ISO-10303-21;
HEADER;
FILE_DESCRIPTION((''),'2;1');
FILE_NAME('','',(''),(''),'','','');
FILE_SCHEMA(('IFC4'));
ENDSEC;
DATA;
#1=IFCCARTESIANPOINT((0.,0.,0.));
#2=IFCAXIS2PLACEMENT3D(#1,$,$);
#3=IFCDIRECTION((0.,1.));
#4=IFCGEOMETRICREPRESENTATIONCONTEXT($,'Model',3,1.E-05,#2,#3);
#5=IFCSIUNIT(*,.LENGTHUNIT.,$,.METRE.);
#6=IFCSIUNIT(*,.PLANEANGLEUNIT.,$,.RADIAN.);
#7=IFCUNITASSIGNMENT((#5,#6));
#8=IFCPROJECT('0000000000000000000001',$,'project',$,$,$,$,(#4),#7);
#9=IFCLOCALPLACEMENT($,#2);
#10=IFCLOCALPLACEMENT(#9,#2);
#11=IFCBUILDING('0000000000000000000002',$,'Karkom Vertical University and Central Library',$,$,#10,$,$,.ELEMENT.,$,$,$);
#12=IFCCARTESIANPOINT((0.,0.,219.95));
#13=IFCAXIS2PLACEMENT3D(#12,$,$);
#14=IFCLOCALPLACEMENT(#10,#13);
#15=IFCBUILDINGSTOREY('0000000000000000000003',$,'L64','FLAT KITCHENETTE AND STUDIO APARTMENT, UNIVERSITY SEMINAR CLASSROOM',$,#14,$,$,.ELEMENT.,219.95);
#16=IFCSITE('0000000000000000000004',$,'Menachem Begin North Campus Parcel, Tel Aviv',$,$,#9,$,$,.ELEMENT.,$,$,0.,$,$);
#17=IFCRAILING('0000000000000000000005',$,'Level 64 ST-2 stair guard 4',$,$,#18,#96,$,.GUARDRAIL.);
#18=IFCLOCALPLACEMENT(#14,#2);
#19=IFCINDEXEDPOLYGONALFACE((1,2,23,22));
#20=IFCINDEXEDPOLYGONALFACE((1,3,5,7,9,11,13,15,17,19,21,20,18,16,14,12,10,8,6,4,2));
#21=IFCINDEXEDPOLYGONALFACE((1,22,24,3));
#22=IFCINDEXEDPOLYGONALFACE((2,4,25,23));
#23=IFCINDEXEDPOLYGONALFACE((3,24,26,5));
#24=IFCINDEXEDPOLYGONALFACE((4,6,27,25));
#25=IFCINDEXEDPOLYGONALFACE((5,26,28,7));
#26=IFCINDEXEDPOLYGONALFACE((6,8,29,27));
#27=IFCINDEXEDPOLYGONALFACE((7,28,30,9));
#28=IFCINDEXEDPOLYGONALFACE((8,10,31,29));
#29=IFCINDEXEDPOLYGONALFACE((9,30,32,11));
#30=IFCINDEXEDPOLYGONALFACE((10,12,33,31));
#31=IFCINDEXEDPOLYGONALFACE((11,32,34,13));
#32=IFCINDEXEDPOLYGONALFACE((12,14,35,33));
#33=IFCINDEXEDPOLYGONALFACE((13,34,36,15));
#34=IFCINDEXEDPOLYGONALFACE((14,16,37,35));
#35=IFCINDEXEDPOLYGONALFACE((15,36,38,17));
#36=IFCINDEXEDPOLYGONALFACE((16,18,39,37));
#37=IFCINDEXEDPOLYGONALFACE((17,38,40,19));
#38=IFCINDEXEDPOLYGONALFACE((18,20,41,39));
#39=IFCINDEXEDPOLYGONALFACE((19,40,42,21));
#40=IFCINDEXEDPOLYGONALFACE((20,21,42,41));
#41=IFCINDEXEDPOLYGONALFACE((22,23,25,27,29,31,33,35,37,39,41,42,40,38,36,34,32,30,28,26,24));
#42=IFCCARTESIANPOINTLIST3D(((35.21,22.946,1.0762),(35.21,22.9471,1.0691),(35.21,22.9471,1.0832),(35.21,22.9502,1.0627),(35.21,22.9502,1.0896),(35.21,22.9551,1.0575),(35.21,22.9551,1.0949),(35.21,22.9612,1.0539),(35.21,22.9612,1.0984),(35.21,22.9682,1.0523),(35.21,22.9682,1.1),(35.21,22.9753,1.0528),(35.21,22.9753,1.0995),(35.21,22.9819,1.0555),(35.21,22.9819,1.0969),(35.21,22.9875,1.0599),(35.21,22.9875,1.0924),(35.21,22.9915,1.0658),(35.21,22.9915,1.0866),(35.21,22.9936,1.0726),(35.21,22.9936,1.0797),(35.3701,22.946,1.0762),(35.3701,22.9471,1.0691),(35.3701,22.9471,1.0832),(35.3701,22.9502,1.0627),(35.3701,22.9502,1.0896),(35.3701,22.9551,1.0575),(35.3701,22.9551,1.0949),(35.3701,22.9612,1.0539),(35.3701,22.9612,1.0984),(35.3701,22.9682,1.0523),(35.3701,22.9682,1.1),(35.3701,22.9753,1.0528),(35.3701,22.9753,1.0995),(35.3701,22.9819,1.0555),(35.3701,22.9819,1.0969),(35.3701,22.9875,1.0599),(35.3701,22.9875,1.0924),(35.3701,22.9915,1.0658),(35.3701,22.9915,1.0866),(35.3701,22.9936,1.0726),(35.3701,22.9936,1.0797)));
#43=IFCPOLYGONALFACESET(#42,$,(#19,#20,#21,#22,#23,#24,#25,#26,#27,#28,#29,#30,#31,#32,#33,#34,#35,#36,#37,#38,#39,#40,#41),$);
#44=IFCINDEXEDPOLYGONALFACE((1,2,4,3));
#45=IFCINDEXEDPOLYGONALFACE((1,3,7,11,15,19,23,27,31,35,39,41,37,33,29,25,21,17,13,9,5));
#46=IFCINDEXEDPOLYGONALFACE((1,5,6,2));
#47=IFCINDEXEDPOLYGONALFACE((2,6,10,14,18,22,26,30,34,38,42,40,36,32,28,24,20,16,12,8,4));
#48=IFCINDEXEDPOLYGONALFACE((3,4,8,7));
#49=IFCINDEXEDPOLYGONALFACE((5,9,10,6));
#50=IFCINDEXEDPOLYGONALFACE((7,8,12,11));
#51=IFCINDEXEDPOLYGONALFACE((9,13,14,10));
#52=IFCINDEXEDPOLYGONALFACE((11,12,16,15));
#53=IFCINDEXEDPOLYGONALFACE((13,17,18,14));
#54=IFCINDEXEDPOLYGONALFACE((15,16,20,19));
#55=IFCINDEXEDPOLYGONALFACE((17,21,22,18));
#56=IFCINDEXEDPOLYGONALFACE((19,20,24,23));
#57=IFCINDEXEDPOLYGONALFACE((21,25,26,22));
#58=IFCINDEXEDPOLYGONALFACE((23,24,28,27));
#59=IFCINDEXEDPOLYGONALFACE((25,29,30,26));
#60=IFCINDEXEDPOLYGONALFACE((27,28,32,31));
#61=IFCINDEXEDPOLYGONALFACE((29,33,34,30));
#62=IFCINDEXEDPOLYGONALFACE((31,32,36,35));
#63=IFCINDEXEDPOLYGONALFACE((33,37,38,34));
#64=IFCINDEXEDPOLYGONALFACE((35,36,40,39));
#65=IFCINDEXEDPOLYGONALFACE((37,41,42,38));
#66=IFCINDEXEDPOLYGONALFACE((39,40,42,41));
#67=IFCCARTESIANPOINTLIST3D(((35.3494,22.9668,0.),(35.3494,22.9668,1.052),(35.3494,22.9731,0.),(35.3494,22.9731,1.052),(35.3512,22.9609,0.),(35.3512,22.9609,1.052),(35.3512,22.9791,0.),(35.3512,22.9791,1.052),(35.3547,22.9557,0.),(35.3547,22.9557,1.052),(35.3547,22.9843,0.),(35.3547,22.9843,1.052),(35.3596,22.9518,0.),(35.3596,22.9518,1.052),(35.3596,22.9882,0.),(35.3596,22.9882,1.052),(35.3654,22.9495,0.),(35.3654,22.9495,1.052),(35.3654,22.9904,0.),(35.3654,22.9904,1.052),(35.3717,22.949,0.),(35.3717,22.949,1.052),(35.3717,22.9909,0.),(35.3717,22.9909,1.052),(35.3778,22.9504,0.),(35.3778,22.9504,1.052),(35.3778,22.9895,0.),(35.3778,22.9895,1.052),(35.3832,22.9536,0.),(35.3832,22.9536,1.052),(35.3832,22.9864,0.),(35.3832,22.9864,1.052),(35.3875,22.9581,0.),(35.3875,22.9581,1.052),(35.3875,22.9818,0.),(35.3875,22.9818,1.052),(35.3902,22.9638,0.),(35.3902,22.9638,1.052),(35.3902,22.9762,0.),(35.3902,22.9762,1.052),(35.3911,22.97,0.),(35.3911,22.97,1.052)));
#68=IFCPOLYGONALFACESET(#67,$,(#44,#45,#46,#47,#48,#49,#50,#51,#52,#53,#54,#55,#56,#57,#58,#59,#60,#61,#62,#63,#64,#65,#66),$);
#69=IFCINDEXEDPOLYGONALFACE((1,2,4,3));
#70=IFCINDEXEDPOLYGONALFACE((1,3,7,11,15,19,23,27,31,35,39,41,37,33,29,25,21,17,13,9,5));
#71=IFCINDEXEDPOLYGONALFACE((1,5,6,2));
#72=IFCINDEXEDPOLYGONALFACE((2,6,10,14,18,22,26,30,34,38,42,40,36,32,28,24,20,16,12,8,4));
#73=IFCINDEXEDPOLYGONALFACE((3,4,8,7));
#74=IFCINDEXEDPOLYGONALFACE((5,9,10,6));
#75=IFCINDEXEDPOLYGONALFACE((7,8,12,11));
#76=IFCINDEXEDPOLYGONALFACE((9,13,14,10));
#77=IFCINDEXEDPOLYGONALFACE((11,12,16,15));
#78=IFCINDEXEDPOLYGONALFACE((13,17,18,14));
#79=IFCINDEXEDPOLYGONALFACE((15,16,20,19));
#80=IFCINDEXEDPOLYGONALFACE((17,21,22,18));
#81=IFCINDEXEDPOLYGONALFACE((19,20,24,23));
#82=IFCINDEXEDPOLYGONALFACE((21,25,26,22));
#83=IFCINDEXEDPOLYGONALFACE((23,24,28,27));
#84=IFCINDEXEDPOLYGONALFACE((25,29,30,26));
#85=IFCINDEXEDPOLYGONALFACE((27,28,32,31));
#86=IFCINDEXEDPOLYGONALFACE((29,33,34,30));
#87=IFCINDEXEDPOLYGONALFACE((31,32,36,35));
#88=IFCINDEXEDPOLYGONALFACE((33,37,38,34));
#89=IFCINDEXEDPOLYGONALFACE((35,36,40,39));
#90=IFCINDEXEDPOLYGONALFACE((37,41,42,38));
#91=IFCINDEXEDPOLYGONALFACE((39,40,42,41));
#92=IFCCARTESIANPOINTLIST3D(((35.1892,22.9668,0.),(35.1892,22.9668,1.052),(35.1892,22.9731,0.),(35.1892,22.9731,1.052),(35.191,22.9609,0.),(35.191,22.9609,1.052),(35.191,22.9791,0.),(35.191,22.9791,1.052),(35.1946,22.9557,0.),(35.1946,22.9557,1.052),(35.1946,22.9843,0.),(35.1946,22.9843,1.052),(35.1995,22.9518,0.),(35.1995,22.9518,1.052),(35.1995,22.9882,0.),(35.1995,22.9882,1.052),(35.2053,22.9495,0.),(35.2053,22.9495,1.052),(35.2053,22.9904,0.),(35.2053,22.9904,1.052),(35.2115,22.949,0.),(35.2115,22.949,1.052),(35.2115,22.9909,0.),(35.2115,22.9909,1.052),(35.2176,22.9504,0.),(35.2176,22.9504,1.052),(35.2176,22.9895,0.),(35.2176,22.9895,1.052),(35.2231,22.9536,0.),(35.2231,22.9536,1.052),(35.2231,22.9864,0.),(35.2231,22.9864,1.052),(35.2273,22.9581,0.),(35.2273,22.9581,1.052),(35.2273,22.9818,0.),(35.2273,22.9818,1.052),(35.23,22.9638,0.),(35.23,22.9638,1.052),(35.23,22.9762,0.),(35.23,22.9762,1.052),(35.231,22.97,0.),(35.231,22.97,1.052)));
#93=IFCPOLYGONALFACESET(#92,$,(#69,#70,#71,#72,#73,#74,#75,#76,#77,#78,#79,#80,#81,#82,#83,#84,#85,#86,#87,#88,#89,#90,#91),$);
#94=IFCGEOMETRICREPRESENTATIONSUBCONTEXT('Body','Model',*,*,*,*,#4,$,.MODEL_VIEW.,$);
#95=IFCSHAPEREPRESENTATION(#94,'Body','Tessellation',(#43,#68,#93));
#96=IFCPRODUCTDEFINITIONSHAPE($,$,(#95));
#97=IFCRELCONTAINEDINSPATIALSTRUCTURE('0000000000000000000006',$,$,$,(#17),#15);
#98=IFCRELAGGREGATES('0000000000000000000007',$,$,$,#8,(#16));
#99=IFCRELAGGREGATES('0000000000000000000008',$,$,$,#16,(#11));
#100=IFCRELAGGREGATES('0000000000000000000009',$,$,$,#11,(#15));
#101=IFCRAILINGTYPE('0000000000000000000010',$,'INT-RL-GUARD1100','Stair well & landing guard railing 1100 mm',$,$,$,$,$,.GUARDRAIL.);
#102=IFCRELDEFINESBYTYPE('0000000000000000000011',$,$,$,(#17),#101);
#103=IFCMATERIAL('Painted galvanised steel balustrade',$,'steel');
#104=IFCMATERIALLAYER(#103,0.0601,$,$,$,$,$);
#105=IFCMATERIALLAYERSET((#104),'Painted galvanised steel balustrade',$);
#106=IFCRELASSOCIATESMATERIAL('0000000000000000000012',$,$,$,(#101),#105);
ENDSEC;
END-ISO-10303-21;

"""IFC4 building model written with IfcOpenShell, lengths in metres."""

from ifc_helpers import new_model, si_unit, direction, frame, origin, origin_2d, place, context, subcontext, project, spatial, circle, extrude, material, layer, layer_set, type_object, element, save


model = new_model("IFC4")

# Units and contexts
model_context = context("Model", 3, precision=1e-05, world=origin(), true_north=direction((0.0, 1.0)))
body_context = subcontext(model_context, "Body", "Model", "MODEL_VIEW")
ifc_project = project(units=[si_unit("LENGTHUNIT", "METRE"), si_unit("PLANEANGLEUNIT", "RADIAN")], contexts=[model_context])

# Site, building, storey
site_placement = place(None, origin())
site = spatial("IfcSite", under=ifc_project, at=site_placement, Name="Menachem Begin North Campus Parcel, Tel Aviv", CompositionType="ELEMENT", RefElevation=0.0)
building_placement = place(site_placement, origin())
building = spatial("IfcBuilding", under=site, at=building_placement, Name="Karkom Vertical University and Central Library", CompositionType="ELEMENT")
storey_placement = place(building_placement, frame((0.0, 0.0, 219.95)))
storey = spatial("IfcBuildingStorey", under=building, at=storey_placement, Name="L64", Description="FLAT KITCHENETTE AND STUDIO APARTMENT, UNIVERSITY SEMINAR CLASSROOM", CompositionType="ELEMENT", Elevation=219.95)

# Railing
ifc_material_1 = material(Name="Painted galvanised steel balustrade", Category="steel")
ifc_layer_1 = layer(ifc_material_1, 0.0601)
ifc_layer_set_1 = layer_set([ifc_layer_1], Name="Painted galvanised steel balustrade")
railing_type_1 = type_object("IfcRailingType", Name="INT-RL-GUARD1100", Description="Stair well & landing guard railing 1100 mm", PredefinedType="GUARDRAIL", material=ifc_layer_set_1)
railing_1_placement = place(storey_placement, frame((35.3701, 22.97, 0.0)))
element("IfcRailing", 1, at=railing_1_placement, inside=storey, type_object=railing_type_1, Name="Level 64 ST-2 stair guard 4", PredefinedType="GUARDRAIL", context=body_context, shape_type="SweptSolid", body=[
    extrude(circle(Radius=0.0239, at=origin_2d()), frame((0.0, 0.0, 1.0762), z_axis=(-1.0, 0.0, 0.0), x_axis=(0.0, -1.0, 0.0)), (0.0, 0.0, 1.0), 0.1602),
    extrude(circle(Radius=0.021, at=origin_2d()), origin(), (0.0, 0.0, 1.0), 1.052),
    extrude(circle(Radius=0.021, at=origin_2d()), frame((-0.1602, 0.0, 0.0)), (0.0, 0.0, 1.0), 1.052),
])

save(model, "model.ifc")
